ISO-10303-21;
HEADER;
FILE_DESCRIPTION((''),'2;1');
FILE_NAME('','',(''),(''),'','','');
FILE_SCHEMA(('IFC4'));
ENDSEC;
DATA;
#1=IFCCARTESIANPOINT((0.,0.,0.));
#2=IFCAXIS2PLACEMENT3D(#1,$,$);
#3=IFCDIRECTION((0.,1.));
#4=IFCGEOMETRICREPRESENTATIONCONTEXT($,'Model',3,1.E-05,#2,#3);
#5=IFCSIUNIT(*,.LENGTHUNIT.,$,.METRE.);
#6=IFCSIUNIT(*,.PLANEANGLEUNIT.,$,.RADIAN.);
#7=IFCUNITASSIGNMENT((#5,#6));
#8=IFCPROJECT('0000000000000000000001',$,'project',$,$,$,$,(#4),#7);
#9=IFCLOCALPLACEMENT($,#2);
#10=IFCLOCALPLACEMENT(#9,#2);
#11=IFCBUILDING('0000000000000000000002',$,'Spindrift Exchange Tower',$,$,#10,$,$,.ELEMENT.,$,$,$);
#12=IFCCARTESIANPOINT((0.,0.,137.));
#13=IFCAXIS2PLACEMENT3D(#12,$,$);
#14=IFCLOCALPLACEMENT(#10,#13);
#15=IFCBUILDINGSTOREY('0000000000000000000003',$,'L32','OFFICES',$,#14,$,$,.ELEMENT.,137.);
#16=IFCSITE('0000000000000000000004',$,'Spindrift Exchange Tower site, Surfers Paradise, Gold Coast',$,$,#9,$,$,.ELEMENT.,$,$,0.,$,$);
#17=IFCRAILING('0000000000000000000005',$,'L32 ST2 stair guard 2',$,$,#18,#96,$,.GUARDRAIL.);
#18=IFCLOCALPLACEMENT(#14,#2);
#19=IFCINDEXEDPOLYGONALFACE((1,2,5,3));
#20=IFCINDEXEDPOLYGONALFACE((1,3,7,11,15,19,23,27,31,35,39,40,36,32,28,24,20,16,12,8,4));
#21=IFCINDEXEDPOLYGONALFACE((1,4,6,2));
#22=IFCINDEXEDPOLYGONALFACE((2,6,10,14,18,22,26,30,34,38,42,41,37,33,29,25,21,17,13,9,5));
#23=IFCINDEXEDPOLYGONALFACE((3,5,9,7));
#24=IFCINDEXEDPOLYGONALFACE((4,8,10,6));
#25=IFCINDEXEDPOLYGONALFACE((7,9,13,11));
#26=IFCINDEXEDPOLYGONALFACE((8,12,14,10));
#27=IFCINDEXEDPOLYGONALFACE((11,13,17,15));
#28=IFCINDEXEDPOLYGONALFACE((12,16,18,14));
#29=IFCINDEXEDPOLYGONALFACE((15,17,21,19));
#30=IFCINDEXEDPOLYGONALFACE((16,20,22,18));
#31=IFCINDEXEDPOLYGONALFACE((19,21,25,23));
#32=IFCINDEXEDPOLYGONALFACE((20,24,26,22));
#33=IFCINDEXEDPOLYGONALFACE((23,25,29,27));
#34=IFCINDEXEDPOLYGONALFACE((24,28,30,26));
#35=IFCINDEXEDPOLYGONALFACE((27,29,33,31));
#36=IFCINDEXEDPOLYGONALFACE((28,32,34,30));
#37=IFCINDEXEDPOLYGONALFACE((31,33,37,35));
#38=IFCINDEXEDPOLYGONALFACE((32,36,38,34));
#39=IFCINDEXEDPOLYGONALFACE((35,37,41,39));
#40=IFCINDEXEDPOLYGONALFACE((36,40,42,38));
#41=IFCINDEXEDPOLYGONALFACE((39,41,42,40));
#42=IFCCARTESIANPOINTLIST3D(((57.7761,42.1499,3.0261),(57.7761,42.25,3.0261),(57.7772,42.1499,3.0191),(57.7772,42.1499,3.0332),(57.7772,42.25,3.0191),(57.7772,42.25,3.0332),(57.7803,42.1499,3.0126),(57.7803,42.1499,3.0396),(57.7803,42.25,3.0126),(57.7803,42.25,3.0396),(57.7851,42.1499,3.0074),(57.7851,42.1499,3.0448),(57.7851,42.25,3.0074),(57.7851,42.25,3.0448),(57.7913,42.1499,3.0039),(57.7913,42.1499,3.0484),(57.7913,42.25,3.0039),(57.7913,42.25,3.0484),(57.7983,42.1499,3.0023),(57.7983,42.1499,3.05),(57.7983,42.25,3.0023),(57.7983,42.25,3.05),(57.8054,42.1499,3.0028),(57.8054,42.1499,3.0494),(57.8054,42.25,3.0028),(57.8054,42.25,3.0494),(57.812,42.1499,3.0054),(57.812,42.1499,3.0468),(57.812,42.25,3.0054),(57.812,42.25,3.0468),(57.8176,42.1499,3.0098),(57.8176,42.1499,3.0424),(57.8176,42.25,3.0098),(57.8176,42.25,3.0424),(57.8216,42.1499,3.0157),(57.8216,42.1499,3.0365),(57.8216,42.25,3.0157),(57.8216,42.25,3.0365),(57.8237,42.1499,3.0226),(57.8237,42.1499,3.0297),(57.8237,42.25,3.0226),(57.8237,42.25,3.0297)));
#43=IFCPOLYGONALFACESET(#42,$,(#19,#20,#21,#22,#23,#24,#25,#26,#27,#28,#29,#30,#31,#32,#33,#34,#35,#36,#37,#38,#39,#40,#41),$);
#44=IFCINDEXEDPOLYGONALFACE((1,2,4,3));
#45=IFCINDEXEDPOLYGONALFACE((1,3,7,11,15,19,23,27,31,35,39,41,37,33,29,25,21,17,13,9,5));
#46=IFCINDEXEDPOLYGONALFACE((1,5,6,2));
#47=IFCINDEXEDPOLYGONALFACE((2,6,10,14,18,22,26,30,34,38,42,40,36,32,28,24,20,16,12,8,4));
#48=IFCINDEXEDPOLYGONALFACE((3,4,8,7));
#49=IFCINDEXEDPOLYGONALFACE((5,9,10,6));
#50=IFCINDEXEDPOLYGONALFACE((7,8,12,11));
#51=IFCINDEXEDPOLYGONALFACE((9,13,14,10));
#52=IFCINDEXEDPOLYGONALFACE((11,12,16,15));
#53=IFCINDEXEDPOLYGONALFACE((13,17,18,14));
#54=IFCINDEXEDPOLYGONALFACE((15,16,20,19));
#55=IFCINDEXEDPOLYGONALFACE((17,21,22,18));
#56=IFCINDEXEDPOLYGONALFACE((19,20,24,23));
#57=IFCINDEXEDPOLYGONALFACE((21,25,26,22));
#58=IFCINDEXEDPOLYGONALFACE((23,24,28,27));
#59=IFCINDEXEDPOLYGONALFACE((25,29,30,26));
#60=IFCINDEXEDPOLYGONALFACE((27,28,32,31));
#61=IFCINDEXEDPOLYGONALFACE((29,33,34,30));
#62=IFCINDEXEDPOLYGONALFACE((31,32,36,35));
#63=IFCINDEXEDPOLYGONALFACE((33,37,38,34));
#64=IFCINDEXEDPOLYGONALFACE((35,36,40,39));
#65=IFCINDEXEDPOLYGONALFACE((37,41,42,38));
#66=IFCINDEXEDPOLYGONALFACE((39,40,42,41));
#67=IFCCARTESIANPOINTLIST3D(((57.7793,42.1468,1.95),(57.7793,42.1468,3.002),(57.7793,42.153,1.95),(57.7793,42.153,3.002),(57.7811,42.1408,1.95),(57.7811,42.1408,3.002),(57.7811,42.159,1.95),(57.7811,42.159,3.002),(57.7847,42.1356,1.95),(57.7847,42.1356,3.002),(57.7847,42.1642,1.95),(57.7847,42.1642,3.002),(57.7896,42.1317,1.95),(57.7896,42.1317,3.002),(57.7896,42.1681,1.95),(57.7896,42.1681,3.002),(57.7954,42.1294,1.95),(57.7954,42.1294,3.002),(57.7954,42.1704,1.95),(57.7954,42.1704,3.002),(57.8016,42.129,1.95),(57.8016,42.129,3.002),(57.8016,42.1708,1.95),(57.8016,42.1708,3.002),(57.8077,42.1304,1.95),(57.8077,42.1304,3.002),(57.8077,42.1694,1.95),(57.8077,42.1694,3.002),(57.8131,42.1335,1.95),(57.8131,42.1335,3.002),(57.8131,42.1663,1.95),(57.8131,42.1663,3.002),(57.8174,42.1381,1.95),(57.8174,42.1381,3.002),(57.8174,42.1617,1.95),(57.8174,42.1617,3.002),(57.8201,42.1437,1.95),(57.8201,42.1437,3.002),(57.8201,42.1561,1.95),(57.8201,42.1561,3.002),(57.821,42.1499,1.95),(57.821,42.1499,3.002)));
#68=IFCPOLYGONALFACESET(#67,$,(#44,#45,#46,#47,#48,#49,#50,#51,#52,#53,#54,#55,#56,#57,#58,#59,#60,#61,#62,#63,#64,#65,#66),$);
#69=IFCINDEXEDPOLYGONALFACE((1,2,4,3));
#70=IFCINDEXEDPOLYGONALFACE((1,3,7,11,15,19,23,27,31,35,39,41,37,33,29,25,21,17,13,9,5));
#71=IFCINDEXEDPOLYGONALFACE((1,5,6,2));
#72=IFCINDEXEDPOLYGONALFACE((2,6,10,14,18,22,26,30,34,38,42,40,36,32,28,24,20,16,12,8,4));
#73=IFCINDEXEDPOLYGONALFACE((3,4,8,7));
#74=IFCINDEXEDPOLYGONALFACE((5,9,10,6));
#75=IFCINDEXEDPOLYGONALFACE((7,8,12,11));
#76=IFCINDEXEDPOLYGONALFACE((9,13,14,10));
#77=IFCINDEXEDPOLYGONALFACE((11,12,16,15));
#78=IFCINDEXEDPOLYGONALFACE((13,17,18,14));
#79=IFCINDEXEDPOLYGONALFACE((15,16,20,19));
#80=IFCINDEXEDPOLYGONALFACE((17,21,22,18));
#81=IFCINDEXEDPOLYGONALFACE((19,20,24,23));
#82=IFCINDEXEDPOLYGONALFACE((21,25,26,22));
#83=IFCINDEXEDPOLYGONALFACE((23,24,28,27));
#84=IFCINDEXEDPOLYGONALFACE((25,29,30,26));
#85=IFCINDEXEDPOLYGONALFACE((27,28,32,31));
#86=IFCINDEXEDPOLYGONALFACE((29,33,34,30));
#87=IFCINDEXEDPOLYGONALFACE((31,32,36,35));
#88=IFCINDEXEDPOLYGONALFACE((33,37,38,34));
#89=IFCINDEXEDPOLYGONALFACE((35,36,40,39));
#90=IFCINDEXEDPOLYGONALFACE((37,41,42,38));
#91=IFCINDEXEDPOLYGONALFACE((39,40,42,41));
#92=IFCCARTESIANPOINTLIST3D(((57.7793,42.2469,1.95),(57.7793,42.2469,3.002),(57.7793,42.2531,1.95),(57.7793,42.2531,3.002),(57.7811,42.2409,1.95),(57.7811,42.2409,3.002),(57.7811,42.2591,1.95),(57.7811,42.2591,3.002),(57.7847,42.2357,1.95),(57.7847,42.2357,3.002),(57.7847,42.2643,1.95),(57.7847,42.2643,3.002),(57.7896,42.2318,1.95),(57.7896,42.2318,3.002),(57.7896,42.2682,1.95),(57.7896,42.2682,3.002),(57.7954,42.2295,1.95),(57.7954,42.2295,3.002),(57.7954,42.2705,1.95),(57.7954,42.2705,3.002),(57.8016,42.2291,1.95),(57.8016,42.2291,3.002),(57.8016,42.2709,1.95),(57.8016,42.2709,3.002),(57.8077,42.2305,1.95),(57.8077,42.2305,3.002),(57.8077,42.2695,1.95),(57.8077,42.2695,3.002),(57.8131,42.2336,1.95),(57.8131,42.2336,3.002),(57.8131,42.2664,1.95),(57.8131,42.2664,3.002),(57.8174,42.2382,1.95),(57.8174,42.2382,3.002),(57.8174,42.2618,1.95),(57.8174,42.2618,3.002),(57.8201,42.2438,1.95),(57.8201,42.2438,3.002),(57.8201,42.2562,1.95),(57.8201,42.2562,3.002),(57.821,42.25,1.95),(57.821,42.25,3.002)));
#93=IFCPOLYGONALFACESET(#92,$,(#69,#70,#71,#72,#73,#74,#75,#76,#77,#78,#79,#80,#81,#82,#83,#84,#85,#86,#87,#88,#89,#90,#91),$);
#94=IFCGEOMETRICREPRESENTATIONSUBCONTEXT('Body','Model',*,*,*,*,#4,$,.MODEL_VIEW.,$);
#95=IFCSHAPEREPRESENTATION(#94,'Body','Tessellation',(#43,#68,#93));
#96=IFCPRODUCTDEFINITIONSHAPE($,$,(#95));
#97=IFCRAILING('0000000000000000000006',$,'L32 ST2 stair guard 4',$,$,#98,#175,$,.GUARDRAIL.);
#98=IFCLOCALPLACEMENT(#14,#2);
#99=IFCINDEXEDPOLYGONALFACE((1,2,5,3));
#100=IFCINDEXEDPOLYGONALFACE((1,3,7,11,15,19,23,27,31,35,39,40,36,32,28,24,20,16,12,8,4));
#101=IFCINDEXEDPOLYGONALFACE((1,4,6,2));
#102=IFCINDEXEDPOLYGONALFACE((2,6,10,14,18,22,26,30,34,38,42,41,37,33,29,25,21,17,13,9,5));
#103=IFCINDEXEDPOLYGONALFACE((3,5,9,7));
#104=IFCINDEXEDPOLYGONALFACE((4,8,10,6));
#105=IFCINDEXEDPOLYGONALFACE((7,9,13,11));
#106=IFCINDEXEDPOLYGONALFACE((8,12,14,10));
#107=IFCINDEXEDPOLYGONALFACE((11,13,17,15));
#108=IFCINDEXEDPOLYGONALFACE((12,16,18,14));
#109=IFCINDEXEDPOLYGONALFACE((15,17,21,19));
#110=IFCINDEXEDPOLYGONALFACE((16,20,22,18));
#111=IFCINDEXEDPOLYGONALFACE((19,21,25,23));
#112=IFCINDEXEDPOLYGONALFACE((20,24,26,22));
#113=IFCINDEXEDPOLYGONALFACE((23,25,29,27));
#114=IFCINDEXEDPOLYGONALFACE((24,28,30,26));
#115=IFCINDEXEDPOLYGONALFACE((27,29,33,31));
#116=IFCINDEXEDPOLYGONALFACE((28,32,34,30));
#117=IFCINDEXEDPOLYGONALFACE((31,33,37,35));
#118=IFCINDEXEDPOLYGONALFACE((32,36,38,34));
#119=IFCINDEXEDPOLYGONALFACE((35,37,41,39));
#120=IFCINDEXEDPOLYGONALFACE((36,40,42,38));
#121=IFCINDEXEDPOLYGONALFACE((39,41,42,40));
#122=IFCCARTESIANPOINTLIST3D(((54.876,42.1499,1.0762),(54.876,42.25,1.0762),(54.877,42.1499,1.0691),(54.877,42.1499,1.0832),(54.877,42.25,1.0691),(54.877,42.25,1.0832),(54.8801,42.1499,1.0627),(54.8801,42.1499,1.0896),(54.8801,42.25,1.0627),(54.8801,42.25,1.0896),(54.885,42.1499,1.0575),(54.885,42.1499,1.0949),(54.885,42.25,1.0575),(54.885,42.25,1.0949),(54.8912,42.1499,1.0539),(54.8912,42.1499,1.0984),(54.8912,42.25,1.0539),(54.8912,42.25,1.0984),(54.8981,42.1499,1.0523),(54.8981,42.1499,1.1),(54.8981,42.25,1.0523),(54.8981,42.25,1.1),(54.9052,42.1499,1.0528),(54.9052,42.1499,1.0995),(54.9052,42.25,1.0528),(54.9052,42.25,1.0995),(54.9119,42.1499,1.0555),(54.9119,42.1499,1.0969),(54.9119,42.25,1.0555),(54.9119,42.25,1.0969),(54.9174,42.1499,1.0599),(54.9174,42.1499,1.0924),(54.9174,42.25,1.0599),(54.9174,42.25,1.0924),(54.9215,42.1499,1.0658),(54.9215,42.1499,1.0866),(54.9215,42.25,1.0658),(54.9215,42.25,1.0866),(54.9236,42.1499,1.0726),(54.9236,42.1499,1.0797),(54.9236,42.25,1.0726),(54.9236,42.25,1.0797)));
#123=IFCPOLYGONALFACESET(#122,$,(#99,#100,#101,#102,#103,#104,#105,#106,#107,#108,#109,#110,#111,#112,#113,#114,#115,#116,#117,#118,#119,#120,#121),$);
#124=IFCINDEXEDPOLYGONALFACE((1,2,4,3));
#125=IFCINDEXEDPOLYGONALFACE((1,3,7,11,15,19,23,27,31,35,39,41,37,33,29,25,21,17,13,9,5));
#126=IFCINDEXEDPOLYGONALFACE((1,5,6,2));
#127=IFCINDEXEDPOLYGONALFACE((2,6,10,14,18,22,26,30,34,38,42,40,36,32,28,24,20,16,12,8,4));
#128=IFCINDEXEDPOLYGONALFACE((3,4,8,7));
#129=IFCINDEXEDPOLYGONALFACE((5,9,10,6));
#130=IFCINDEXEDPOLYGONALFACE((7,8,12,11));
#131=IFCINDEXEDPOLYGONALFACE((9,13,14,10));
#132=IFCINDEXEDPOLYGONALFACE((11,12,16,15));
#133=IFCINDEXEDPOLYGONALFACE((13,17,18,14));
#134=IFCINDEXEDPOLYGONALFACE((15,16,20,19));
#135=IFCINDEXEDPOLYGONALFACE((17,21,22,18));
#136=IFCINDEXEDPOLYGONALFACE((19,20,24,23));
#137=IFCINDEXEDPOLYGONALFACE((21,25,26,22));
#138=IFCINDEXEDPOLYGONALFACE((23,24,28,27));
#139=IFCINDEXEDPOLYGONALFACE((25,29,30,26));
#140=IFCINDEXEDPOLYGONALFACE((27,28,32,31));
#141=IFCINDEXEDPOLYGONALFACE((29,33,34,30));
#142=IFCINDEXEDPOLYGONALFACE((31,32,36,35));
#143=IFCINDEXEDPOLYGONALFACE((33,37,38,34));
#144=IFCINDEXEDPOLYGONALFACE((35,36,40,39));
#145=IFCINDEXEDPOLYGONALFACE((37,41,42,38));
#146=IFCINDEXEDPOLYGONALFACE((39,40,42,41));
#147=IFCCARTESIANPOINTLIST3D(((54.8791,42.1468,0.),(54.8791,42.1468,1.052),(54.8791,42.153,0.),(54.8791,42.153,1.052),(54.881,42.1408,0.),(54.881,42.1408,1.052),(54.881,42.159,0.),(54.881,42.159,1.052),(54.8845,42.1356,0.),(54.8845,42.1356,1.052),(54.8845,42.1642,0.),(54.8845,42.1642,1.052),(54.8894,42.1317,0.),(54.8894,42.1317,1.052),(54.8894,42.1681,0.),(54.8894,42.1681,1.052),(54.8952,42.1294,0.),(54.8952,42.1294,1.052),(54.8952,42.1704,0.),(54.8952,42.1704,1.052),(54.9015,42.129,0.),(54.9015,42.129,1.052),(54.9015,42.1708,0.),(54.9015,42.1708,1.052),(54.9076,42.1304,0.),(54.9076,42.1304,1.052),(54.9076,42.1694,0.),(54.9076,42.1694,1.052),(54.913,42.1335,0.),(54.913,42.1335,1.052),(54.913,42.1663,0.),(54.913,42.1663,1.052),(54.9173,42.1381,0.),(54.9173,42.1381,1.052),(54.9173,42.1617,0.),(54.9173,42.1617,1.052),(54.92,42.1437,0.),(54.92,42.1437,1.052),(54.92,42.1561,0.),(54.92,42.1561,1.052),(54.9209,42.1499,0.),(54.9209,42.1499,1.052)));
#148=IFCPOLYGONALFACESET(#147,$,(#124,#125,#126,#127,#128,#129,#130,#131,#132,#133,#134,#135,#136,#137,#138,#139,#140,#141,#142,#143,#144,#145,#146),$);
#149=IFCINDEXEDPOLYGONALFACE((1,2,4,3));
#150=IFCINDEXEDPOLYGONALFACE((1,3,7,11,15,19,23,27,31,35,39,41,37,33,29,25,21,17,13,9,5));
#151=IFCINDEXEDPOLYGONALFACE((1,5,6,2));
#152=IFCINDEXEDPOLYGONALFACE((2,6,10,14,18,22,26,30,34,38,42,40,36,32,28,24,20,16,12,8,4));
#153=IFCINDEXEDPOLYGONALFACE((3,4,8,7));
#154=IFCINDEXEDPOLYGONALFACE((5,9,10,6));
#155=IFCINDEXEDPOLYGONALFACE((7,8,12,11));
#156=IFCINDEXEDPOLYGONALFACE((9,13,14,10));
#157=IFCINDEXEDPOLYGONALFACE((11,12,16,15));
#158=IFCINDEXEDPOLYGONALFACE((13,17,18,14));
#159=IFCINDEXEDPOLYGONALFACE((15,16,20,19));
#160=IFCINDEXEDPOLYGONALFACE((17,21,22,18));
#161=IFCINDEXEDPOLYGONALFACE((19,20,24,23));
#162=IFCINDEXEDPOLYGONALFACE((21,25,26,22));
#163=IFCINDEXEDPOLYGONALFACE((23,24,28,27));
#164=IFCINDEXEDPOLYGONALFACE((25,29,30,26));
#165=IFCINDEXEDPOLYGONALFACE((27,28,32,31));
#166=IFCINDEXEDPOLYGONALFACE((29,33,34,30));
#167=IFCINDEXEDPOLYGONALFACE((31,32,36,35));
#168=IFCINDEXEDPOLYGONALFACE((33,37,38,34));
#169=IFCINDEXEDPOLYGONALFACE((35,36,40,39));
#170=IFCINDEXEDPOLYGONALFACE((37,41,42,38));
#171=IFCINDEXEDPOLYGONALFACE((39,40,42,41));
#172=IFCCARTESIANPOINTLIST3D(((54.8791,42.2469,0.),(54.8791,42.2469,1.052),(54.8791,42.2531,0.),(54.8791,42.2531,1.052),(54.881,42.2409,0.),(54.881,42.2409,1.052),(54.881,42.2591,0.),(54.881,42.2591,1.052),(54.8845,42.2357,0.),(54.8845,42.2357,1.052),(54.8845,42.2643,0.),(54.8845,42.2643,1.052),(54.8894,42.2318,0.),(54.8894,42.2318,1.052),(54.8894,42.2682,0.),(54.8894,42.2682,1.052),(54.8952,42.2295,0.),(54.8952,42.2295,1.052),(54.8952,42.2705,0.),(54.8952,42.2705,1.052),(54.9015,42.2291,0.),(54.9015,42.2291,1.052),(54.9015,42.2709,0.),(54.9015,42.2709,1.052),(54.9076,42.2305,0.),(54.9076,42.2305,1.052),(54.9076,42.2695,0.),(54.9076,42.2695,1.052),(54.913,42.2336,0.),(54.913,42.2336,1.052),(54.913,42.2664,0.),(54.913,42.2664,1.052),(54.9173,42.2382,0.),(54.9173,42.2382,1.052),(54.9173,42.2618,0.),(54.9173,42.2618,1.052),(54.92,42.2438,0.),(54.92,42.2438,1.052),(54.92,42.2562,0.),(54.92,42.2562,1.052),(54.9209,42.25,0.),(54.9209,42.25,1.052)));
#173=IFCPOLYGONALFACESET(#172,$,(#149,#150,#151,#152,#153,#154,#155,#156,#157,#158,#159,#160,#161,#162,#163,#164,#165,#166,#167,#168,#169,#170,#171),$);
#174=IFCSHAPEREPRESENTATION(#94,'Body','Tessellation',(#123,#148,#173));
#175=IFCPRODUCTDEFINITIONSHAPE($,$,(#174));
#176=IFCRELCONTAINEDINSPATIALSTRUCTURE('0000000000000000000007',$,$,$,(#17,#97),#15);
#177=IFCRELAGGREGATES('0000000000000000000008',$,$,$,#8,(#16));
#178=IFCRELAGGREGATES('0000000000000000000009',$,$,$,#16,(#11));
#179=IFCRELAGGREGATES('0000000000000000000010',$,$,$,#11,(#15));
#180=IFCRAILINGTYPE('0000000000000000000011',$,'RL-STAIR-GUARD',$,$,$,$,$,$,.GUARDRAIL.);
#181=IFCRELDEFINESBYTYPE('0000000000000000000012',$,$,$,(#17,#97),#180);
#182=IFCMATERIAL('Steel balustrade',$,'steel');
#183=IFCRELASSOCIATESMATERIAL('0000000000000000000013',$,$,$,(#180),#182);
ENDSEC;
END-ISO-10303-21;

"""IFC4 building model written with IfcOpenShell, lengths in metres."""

from ifc_helpers import new_model, si_unit, direction, frame, origin, origin_2d, place, context, subcontext, project, spatial, circle, extrude, material, type_object, element, save


model = new_model("IFC4")

# Units and contexts
model_context = context("Model", 3, precision=1e-05, world=origin(), true_north=direction((0.0, 1.0)))
body_context = subcontext(model_context, "Body", "Model", "MODEL_VIEW")
ifc_project = project(units=[si_unit("LENGTHUNIT", "METRE"), si_unit("PLANEANGLEUNIT", "RADIAN")], contexts=[model_context])

# Site, building, storey
site_placement = place(None, origin())
site = spatial("IfcSite", under=ifc_project, at=site_placement, Name="Spindrift Exchange Tower site, Surfers Paradise, Gold Coast", CompositionType="ELEMENT", RefElevation=0.0)
building_placement = place(site_placement, origin())
building = spatial("IfcBuilding", under=site, at=building_placement, Name="Spindrift Exchange Tower", CompositionType="ELEMENT")
storey_placement = place(building_placement, frame((0.0, 0.0, 137.0)))
storey = spatial("IfcBuildingStorey", under=building, at=storey_placement, Name="L32", Description="OFFICES", CompositionType="ELEMENT", Elevation=137.0)

# Railings
ifc_material_1 = material(Name="Steel balustrade", Category="steel")
railing_type_1 = type_object("IfcRailingType", Name="RL-STAIR-GUARD", PredefinedType="GUARDRAIL", material=ifc_material_1)
for number, where, name in (
    (1, (57.8, 42.1499, 1.95), "L32 ST2 stair guard 2"),
    (2, (54.8999, 42.1499, 0.0), "L32 ST2 stair guard 4"),
):
    element("IfcRailing", number, at=place(storey_placement, frame(where)), inside=storey, type_object=railing_type_1, Name=name, PredefinedType="GUARDRAIL", context=body_context, shape_type="SweptSolid", body=[
        extrude(circle(Radius=0.0239, at=origin_2d()), frame((0.0, 0.0, 1.0762), z_axis=(0.0, 1.0, 0.0), x_axis=(-1.0, 0.0, 0.0)), (0.0, 0.0, 1.0), 0.1001),
        extrude(circle(Radius=0.021, at=origin_2d()), origin(), (0.0, 0.0, 1.0), 1.052),
        extrude(circle(Radius=0.021, at=origin_2d()), frame((0.0, 0.1001, 0.0)), (0.0, 0.0, 1.0), 1.052),
    ])

save(model, "model.ifc")
